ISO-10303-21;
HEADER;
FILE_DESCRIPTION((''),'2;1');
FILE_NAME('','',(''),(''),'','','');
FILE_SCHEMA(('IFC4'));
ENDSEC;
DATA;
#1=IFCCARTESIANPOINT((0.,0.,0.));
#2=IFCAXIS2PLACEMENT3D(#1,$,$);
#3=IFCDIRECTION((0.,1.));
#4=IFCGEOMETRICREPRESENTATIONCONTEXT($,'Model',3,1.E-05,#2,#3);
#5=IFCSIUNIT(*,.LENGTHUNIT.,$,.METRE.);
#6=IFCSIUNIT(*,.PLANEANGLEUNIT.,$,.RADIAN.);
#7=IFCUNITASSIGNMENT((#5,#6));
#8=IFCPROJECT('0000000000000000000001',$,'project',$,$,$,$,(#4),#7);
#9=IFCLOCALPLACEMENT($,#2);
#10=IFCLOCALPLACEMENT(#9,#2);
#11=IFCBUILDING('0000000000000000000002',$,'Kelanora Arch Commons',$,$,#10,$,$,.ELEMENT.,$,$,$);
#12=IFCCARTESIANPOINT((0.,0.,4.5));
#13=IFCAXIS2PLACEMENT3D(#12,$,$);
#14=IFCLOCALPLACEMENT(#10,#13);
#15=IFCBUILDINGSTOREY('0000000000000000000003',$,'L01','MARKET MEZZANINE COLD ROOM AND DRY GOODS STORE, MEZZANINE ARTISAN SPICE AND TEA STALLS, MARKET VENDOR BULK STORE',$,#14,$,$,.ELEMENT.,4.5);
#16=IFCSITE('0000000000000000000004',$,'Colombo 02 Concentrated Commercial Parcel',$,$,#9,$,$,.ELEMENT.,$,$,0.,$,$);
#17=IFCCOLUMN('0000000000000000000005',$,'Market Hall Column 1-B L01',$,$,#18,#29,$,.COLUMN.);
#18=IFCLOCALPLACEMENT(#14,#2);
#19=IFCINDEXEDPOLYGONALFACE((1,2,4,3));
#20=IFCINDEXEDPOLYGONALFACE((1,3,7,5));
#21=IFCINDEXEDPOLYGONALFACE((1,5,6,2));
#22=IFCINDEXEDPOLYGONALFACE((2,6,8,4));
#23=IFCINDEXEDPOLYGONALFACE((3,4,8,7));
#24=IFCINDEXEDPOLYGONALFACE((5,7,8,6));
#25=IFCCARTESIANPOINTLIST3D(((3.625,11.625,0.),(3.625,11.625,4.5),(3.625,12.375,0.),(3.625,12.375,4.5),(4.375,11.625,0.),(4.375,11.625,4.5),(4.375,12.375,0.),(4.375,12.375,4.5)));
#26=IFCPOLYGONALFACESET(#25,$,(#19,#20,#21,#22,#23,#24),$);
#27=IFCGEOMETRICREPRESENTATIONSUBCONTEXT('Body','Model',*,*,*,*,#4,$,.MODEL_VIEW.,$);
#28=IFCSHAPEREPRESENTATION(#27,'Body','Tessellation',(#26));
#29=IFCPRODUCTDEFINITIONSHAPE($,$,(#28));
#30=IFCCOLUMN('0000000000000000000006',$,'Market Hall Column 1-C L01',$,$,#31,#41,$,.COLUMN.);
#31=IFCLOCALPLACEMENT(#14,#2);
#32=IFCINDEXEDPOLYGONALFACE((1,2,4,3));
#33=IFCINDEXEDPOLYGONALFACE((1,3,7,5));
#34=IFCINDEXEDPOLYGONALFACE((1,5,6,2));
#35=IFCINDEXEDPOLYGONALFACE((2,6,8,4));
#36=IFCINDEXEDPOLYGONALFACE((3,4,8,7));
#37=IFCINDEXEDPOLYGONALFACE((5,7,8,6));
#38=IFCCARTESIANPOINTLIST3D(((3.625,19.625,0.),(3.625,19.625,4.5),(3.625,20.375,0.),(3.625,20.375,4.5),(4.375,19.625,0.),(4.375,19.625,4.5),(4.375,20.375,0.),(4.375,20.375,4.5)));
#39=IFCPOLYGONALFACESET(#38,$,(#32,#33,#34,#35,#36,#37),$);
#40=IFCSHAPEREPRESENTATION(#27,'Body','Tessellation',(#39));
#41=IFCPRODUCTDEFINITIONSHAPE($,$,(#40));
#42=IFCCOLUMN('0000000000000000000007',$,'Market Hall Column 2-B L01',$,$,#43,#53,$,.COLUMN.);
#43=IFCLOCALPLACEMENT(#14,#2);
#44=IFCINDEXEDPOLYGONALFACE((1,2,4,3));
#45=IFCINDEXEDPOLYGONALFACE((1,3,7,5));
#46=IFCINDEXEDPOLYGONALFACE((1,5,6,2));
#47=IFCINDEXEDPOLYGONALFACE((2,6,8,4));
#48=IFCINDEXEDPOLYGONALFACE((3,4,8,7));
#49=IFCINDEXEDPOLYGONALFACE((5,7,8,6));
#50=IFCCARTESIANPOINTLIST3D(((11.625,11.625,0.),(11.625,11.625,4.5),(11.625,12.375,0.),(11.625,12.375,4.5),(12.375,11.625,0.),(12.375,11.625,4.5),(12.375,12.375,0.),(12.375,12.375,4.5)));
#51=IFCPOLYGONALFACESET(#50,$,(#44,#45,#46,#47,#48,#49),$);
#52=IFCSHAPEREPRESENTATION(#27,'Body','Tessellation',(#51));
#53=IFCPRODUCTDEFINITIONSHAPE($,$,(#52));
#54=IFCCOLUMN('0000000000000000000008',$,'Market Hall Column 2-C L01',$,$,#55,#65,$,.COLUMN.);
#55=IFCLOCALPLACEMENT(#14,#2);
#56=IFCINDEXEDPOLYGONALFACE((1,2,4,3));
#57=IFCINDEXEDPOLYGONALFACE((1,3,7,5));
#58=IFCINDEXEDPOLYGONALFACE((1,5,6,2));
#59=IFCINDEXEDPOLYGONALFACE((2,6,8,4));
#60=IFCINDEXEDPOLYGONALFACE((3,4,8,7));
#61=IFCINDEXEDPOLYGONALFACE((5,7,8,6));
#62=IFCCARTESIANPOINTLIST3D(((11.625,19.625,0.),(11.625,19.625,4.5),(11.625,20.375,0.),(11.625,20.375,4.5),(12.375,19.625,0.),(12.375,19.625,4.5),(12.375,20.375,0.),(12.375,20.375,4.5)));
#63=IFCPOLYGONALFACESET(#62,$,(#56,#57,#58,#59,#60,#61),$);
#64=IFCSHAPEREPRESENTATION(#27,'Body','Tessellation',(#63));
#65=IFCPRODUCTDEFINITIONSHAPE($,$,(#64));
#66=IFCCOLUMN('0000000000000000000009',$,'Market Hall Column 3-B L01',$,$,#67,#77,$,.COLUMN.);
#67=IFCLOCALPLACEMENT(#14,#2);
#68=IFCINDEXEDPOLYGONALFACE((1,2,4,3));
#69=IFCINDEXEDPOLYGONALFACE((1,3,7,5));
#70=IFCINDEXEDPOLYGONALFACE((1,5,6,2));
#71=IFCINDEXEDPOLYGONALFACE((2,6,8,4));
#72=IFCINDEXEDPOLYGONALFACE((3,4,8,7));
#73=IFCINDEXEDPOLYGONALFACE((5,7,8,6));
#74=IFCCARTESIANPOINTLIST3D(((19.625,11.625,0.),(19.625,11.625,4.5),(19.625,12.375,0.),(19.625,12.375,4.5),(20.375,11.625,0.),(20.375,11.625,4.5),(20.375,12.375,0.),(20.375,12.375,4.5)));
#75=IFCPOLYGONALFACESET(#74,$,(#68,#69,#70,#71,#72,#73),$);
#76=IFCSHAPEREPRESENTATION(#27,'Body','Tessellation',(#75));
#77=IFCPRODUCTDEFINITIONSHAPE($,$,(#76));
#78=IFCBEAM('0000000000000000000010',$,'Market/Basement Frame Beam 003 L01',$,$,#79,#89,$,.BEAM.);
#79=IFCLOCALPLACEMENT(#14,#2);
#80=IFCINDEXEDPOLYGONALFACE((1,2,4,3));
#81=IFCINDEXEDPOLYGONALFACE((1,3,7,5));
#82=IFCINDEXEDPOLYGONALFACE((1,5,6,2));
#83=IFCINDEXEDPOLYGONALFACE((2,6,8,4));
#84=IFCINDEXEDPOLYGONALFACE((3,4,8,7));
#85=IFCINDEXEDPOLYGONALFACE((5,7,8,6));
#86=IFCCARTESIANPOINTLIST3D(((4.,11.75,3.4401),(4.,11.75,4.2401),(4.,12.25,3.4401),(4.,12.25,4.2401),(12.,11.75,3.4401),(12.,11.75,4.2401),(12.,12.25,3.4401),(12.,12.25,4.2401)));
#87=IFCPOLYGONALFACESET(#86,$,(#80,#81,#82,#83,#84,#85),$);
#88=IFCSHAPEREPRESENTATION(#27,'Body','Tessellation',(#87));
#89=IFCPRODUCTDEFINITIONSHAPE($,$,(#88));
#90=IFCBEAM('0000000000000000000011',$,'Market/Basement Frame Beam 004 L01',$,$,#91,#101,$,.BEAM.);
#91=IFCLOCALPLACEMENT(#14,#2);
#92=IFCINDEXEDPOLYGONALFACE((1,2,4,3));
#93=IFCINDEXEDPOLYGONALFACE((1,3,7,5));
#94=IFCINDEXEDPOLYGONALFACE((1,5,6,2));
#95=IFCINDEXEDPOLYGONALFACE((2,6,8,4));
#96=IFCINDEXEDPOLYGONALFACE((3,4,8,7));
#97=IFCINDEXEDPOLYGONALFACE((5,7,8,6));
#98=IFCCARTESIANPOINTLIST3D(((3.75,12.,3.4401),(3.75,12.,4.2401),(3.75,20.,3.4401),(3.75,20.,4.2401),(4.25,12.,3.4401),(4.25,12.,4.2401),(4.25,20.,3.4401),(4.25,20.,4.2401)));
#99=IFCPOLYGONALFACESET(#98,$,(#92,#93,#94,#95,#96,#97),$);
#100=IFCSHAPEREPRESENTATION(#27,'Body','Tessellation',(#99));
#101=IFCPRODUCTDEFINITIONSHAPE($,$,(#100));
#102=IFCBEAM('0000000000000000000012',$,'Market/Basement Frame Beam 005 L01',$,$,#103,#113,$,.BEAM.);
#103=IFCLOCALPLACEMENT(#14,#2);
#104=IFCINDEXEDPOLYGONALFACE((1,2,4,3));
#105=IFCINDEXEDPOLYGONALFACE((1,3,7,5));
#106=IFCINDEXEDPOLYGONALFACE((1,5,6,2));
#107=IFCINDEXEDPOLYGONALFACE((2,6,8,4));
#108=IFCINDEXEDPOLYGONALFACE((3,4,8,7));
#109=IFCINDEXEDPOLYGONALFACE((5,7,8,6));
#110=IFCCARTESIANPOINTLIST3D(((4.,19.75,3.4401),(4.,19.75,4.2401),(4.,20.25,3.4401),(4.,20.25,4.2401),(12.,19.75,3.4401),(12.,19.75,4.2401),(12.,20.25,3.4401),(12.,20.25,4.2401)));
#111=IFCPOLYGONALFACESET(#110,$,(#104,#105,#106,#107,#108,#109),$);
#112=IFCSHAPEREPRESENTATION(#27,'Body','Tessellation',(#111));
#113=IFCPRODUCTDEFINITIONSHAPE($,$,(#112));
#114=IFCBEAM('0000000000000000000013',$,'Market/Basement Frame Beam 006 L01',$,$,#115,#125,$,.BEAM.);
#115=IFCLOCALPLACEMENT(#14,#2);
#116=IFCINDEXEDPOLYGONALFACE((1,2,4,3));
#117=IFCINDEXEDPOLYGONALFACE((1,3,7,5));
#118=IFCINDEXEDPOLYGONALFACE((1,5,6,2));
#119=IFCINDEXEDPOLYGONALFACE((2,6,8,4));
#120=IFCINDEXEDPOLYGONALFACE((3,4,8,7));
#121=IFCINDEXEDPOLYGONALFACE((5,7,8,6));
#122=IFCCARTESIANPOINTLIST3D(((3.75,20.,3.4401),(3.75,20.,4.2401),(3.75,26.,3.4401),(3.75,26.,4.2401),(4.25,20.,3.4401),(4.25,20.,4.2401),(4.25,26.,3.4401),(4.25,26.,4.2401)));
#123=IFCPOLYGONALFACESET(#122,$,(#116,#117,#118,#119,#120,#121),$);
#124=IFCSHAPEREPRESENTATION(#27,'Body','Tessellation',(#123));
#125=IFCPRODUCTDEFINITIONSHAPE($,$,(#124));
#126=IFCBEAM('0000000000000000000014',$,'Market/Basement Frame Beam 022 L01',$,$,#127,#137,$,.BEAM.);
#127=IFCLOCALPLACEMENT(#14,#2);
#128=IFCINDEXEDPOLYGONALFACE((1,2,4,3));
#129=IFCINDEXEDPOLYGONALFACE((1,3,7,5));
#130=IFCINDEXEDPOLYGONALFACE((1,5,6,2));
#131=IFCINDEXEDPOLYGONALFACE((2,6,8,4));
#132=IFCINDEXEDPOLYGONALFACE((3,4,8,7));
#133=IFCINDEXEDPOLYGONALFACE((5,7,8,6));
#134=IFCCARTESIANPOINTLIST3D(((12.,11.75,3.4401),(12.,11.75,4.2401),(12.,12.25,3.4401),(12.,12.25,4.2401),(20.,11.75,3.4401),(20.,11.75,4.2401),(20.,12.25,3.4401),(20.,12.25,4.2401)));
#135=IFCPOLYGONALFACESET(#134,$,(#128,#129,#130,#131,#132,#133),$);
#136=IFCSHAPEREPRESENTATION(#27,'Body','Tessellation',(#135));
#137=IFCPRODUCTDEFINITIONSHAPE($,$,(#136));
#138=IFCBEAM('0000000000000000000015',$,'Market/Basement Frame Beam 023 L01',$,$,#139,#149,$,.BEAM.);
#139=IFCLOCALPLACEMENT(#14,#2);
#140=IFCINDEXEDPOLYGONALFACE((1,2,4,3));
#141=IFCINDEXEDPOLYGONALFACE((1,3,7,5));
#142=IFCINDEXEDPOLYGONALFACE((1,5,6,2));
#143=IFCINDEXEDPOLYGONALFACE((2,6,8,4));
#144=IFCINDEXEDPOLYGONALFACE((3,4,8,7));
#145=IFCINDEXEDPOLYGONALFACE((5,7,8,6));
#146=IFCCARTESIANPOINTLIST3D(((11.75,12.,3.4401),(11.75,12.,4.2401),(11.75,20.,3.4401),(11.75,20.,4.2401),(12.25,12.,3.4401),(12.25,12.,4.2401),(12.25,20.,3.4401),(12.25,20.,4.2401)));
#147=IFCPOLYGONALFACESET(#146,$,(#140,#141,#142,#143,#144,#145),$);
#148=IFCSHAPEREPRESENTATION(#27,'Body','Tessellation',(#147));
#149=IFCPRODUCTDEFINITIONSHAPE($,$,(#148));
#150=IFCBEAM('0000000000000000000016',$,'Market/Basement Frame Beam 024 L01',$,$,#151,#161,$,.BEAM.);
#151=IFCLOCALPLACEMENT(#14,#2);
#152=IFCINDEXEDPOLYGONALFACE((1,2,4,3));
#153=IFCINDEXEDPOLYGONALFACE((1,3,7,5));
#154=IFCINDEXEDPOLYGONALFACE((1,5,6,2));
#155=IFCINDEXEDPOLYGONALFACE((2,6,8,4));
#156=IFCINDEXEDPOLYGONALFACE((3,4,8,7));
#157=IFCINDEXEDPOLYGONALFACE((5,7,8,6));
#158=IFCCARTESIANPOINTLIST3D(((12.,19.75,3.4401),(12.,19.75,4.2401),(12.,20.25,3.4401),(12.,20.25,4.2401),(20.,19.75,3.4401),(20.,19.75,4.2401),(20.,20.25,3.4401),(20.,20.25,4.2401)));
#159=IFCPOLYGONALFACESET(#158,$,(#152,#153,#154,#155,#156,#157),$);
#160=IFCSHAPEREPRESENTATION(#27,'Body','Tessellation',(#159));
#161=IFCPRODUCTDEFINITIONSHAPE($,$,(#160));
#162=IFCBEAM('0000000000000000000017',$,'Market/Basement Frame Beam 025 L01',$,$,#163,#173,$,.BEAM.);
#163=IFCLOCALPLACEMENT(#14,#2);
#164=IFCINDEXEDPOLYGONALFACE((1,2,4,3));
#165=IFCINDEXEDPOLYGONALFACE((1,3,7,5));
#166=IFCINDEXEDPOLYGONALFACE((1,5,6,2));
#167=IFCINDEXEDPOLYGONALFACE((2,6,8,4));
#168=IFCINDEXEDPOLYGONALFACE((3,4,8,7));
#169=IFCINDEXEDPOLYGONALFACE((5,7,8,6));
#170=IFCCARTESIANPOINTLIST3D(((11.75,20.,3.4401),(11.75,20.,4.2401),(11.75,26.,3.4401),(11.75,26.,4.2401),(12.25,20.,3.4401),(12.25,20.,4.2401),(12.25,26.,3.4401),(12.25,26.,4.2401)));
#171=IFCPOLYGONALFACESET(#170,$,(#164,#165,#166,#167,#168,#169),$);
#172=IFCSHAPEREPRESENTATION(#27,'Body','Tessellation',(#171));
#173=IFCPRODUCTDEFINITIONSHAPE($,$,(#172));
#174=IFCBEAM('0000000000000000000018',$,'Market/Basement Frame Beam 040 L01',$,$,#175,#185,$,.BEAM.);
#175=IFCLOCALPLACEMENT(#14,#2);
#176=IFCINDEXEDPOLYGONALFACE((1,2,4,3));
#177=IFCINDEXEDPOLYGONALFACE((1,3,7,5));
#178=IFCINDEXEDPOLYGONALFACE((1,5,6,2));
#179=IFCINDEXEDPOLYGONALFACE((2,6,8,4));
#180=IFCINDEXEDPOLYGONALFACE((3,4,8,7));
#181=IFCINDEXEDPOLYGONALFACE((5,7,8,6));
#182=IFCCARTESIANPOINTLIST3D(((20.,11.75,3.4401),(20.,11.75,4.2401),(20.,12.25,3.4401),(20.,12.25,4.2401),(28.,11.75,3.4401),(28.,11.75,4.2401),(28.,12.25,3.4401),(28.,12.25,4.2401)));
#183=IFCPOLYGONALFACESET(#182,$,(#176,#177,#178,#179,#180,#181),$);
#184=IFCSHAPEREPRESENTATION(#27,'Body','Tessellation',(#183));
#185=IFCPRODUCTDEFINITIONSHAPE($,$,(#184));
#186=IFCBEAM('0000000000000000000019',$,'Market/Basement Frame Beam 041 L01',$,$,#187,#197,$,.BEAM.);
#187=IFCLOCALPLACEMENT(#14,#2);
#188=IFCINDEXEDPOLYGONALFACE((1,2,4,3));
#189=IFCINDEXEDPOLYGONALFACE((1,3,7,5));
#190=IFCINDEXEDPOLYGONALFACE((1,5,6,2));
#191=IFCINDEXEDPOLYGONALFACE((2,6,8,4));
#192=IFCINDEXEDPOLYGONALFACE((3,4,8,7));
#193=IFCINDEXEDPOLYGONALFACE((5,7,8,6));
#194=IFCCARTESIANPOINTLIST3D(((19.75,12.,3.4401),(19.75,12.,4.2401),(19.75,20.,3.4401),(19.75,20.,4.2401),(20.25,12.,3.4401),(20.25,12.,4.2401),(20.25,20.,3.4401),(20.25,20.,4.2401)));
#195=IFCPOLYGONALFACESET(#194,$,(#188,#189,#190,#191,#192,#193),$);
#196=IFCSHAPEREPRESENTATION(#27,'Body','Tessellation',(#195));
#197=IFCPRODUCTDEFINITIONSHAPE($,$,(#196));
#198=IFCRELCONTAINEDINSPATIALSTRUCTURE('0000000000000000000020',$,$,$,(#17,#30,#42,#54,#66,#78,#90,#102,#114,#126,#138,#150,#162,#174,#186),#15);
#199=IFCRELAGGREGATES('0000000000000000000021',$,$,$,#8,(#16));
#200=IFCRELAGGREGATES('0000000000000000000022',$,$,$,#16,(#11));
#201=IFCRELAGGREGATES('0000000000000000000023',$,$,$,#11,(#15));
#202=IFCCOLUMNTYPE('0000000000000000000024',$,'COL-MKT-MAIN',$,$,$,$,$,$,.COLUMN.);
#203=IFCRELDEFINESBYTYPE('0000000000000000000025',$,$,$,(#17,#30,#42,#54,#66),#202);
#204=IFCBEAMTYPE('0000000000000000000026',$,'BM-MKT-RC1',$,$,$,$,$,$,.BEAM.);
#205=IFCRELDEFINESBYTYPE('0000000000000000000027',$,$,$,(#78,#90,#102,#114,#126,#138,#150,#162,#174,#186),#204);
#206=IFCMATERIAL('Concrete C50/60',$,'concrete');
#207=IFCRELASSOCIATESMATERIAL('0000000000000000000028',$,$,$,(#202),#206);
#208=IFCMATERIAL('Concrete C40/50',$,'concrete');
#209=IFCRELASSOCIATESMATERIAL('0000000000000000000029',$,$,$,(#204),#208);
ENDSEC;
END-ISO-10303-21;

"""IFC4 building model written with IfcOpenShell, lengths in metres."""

from ifc_helpers import new_model, si_unit, direction, frame, origin, origin_2d, place, context, subcontext, project, spatial, rectangle, extrude, material, material_profile, profile_set, type_object, element, save


model = new_model("IFC4")

# Units and contexts
model_context = context("Model", 3, precision=1e-05, world=origin(), true_north=direction((0.0, 1.0)))
body_context = subcontext(model_context, "Body", "Model", "MODEL_VIEW")
ifc_project = project(units=[si_unit("LENGTHUNIT", "METRE"), si_unit("PLANEANGLEUNIT", "RADIAN")], contexts=[model_context])

# Site, building, storey
site_placement = place(None, origin())
site = spatial("IfcSite", under=ifc_project, at=site_placement, Name="Colombo 02 Concentrated Commercial Parcel", CompositionType="ELEMENT", RefElevation=0.0)
building_placement = place(site_placement, origin())
building = spatial("IfcBuilding", under=site, at=building_placement, Name="Kelanora Arch Commons", CompositionType="ELEMENT")
storey_placement = place(building_placement, frame((0.0, 0.0, 4.5)))
storey = spatial("IfcBuildingStorey", under=building, at=storey_placement, Name="L01", Description="MARKET MEZZANINE COLD ROOM AND DRY GOODS STORE, MEZZANINE ARTISAN SPICE AND TEA STALLS, MARKET VENDOR BULK STORE", CompositionType="ELEMENT", Elevation=4.5)

# Columns
ifc_material_1 = material(Name="Concrete C50/60", Category="concrete")
ifc_material_profile_1 = material_profile(ifc_material_1, rectangle(XDim=0.75, YDim=0.75, at=origin_2d()), Name="RC750x750")
ifc_profile_set_1 = profile_set([ifc_material_profile_1], Name="Concrete C50/60")
column_type = type_object("IfcColumnType", Name="COL-MKT-MAIN", PredefinedType="COLUMN", material=ifc_profile_set_1)
for number, where, z_axis, x_axis, name in (
    (1, (4.0, 12.0, 0.0), (0.0, 0.0, 1.0), (1.0, 0.0, 0.0), "Market Hall Column 1-B L01"),
    (2, (4.0, 20.0, 0.0), (0.0, 0.0, 1.0), (1.0, 0.0, 0.0), "Market Hall Column 1-C L01"),
    (3, (12.0, 12.0, 0.0), (0.0, 0.0, 1.0), (1.0, 0.0, 0.0), "Market Hall Column 2-B L01"),
    (4, (12.0, 20.0, 0.0), (0.0, 0.0, 1.0), (1.0, 0.0, 0.0), "Market Hall Column 2-C L01"),
    (5, (20.0, 12.0, 0.0), (0.0, 0.0, 1.0), (1.0, 0.0, 0.0), "Market Hall Column 3-B L01"),
):
    element("IfcColumn", number, at=place(storey_placement, frame(where, z_axis=z_axis, x_axis=x_axis)), inside=storey, type_object=column_type, Name=name, PredefinedType="COLUMN", context=body_context, shape_type="SweptSolid", body=[
        extrude(rectangle(XDim=0.75, YDim=0.75, at=origin_2d()), origin(), (0.0, 0.0, 1.0), 4.5),
    ])

# Beams
ifc_material_2 = material(Name="Concrete C40/50", Category="concrete")
ifc_material_profile_2 = material_profile(ifc_material_2, rectangle(XDim=0.5, YDim=0.8, at=origin_2d()), Name="RCB500x800")
ifc_profile_set_2 = profile_set([ifc_material_profile_2], Name="Concrete C40/50")
beam_type = type_object("IfcBeamType", Name="BM-MKT-RC1", PredefinedType="BEAM", material=ifc_profile_set_2)
for number, where, z_axis, x_axis, name in (
    (6, (4.0, 12.0, 3.8401), (1.0, 0.0, 0.0), (0.0, 1.0, 0.0), "Market/Basement Frame Beam 003 L01"),
    (7, (4.0, 12.0, 3.8401), (0.0, 1.0, 0.0), (-1.0, 0.0, 0.0), "Market/Basement Frame Beam 004 L01"),
    (8, (4.0, 20.0, 3.8401), (1.0, 0.0, 0.0), (0.0, 1.0, 0.0), "Market/Basement Frame Beam 005 L01"),
):
    element("IfcBeam", number, at=place(storey_placement, frame(where, z_axis=z_axis, x_axis=x_axis)), inside=storey, type_object=beam_type, Name=name, PredefinedType="BEAM", context=body_context, shape_type="SweptSolid", body=[
        extrude(rectangle(XDim=0.5, YDim=0.8, at=origin_2d()), origin(), (0.0, 0.0, 1.0), 8.0),
    ])
beam_1_placement = place(storey_placement, frame((4.0, 20.0, 3.8401), z_axis=(0.0, 1.0, 0.0), x_axis=(-1.0, 0.0, 0.0)))
element("IfcBeam", 9, at=beam_1_placement, inside=storey, type_object=beam_type, Name="Market/Basement Frame Beam 006 L01", PredefinedType="BEAM", context=body_context, shape_type="SweptSolid", body=[
    extrude(rectangle(XDim=0.5, YDim=0.8, at=origin_2d()), origin(), (0.0, 0.0, 1.0), 6.0),
])
for number, where, z_axis, x_axis, name in (
    (10, (12.0, 12.0, 3.8401), (1.0, 0.0, 0.0), (0.0, 1.0, 0.0), "Market/Basement Frame Beam 022 L01"),
    (11, (12.0, 12.0, 3.8401), (0.0, 1.0, 0.0), (-1.0, 0.0, 0.0), "Market/Basement Frame Beam 023 L01"),
    (12, (12.0, 20.0, 3.8401), (1.0, 0.0, 0.0), (0.0, 1.0, 0.0), "Market/Basement Frame Beam 024 L01"),
):
    element("IfcBeam", number, at=place(storey_placement, frame(where, z_axis=z_axis, x_axis=x_axis)), inside=storey, type_object=beam_type, Name=name, PredefinedType="BEAM", context=body_context, shape_type="SweptSolid", body=[
        extrude(rectangle(XDim=0.5, YDim=0.8, at=origin_2d()), origin(), (0.0, 0.0, 1.0), 8.0),
    ])
beam_2_placement = place(storey_placement, frame((12.0, 20.0, 3.8401), z_axis=(0.0, 1.0, 0.0), x_axis=(-1.0, 0.0, 0.0)))
element("IfcBeam", 13, at=beam_2_placement, inside=storey, type_object=beam_type, Name="Market/Basement Frame Beam 025 L01", PredefinedType="BEAM", context=body_context, shape_type="SweptSolid", body=[
    extrude(rectangle(XDim=0.5, YDim=0.8, at=origin_2d()), origin(), (0.0, 0.0, 1.0), 6.0),
])
for number, where, z_axis, x_axis, name in (
    (14, (20.0, 12.0, 3.8401), (1.0, 0.0, 0.0), (0.0, 1.0, 0.0), "Market/Basement Frame Beam 040 L01"),
    (15, (20.0, 12.0, 3.8401), (0.0, 1.0, 0.0), (-1.0, 0.0, 0.0), "Market/Basement Frame Beam 041 L01"),
):
    element("IfcBeam", number, at=place(storey_placement, frame(where, z_axis=z_axis, x_axis=x_axis)), inside=storey, type_object=beam_type, Name=name, PredefinedType="BEAM", context=body_context, shape_type="SweptSolid", body=[
        extrude(rectangle(XDim=0.5, YDim=0.8, at=origin_2d()), origin(), (0.0, 0.0, 1.0), 8.0),
    ])

save(model, "model.ifc")
